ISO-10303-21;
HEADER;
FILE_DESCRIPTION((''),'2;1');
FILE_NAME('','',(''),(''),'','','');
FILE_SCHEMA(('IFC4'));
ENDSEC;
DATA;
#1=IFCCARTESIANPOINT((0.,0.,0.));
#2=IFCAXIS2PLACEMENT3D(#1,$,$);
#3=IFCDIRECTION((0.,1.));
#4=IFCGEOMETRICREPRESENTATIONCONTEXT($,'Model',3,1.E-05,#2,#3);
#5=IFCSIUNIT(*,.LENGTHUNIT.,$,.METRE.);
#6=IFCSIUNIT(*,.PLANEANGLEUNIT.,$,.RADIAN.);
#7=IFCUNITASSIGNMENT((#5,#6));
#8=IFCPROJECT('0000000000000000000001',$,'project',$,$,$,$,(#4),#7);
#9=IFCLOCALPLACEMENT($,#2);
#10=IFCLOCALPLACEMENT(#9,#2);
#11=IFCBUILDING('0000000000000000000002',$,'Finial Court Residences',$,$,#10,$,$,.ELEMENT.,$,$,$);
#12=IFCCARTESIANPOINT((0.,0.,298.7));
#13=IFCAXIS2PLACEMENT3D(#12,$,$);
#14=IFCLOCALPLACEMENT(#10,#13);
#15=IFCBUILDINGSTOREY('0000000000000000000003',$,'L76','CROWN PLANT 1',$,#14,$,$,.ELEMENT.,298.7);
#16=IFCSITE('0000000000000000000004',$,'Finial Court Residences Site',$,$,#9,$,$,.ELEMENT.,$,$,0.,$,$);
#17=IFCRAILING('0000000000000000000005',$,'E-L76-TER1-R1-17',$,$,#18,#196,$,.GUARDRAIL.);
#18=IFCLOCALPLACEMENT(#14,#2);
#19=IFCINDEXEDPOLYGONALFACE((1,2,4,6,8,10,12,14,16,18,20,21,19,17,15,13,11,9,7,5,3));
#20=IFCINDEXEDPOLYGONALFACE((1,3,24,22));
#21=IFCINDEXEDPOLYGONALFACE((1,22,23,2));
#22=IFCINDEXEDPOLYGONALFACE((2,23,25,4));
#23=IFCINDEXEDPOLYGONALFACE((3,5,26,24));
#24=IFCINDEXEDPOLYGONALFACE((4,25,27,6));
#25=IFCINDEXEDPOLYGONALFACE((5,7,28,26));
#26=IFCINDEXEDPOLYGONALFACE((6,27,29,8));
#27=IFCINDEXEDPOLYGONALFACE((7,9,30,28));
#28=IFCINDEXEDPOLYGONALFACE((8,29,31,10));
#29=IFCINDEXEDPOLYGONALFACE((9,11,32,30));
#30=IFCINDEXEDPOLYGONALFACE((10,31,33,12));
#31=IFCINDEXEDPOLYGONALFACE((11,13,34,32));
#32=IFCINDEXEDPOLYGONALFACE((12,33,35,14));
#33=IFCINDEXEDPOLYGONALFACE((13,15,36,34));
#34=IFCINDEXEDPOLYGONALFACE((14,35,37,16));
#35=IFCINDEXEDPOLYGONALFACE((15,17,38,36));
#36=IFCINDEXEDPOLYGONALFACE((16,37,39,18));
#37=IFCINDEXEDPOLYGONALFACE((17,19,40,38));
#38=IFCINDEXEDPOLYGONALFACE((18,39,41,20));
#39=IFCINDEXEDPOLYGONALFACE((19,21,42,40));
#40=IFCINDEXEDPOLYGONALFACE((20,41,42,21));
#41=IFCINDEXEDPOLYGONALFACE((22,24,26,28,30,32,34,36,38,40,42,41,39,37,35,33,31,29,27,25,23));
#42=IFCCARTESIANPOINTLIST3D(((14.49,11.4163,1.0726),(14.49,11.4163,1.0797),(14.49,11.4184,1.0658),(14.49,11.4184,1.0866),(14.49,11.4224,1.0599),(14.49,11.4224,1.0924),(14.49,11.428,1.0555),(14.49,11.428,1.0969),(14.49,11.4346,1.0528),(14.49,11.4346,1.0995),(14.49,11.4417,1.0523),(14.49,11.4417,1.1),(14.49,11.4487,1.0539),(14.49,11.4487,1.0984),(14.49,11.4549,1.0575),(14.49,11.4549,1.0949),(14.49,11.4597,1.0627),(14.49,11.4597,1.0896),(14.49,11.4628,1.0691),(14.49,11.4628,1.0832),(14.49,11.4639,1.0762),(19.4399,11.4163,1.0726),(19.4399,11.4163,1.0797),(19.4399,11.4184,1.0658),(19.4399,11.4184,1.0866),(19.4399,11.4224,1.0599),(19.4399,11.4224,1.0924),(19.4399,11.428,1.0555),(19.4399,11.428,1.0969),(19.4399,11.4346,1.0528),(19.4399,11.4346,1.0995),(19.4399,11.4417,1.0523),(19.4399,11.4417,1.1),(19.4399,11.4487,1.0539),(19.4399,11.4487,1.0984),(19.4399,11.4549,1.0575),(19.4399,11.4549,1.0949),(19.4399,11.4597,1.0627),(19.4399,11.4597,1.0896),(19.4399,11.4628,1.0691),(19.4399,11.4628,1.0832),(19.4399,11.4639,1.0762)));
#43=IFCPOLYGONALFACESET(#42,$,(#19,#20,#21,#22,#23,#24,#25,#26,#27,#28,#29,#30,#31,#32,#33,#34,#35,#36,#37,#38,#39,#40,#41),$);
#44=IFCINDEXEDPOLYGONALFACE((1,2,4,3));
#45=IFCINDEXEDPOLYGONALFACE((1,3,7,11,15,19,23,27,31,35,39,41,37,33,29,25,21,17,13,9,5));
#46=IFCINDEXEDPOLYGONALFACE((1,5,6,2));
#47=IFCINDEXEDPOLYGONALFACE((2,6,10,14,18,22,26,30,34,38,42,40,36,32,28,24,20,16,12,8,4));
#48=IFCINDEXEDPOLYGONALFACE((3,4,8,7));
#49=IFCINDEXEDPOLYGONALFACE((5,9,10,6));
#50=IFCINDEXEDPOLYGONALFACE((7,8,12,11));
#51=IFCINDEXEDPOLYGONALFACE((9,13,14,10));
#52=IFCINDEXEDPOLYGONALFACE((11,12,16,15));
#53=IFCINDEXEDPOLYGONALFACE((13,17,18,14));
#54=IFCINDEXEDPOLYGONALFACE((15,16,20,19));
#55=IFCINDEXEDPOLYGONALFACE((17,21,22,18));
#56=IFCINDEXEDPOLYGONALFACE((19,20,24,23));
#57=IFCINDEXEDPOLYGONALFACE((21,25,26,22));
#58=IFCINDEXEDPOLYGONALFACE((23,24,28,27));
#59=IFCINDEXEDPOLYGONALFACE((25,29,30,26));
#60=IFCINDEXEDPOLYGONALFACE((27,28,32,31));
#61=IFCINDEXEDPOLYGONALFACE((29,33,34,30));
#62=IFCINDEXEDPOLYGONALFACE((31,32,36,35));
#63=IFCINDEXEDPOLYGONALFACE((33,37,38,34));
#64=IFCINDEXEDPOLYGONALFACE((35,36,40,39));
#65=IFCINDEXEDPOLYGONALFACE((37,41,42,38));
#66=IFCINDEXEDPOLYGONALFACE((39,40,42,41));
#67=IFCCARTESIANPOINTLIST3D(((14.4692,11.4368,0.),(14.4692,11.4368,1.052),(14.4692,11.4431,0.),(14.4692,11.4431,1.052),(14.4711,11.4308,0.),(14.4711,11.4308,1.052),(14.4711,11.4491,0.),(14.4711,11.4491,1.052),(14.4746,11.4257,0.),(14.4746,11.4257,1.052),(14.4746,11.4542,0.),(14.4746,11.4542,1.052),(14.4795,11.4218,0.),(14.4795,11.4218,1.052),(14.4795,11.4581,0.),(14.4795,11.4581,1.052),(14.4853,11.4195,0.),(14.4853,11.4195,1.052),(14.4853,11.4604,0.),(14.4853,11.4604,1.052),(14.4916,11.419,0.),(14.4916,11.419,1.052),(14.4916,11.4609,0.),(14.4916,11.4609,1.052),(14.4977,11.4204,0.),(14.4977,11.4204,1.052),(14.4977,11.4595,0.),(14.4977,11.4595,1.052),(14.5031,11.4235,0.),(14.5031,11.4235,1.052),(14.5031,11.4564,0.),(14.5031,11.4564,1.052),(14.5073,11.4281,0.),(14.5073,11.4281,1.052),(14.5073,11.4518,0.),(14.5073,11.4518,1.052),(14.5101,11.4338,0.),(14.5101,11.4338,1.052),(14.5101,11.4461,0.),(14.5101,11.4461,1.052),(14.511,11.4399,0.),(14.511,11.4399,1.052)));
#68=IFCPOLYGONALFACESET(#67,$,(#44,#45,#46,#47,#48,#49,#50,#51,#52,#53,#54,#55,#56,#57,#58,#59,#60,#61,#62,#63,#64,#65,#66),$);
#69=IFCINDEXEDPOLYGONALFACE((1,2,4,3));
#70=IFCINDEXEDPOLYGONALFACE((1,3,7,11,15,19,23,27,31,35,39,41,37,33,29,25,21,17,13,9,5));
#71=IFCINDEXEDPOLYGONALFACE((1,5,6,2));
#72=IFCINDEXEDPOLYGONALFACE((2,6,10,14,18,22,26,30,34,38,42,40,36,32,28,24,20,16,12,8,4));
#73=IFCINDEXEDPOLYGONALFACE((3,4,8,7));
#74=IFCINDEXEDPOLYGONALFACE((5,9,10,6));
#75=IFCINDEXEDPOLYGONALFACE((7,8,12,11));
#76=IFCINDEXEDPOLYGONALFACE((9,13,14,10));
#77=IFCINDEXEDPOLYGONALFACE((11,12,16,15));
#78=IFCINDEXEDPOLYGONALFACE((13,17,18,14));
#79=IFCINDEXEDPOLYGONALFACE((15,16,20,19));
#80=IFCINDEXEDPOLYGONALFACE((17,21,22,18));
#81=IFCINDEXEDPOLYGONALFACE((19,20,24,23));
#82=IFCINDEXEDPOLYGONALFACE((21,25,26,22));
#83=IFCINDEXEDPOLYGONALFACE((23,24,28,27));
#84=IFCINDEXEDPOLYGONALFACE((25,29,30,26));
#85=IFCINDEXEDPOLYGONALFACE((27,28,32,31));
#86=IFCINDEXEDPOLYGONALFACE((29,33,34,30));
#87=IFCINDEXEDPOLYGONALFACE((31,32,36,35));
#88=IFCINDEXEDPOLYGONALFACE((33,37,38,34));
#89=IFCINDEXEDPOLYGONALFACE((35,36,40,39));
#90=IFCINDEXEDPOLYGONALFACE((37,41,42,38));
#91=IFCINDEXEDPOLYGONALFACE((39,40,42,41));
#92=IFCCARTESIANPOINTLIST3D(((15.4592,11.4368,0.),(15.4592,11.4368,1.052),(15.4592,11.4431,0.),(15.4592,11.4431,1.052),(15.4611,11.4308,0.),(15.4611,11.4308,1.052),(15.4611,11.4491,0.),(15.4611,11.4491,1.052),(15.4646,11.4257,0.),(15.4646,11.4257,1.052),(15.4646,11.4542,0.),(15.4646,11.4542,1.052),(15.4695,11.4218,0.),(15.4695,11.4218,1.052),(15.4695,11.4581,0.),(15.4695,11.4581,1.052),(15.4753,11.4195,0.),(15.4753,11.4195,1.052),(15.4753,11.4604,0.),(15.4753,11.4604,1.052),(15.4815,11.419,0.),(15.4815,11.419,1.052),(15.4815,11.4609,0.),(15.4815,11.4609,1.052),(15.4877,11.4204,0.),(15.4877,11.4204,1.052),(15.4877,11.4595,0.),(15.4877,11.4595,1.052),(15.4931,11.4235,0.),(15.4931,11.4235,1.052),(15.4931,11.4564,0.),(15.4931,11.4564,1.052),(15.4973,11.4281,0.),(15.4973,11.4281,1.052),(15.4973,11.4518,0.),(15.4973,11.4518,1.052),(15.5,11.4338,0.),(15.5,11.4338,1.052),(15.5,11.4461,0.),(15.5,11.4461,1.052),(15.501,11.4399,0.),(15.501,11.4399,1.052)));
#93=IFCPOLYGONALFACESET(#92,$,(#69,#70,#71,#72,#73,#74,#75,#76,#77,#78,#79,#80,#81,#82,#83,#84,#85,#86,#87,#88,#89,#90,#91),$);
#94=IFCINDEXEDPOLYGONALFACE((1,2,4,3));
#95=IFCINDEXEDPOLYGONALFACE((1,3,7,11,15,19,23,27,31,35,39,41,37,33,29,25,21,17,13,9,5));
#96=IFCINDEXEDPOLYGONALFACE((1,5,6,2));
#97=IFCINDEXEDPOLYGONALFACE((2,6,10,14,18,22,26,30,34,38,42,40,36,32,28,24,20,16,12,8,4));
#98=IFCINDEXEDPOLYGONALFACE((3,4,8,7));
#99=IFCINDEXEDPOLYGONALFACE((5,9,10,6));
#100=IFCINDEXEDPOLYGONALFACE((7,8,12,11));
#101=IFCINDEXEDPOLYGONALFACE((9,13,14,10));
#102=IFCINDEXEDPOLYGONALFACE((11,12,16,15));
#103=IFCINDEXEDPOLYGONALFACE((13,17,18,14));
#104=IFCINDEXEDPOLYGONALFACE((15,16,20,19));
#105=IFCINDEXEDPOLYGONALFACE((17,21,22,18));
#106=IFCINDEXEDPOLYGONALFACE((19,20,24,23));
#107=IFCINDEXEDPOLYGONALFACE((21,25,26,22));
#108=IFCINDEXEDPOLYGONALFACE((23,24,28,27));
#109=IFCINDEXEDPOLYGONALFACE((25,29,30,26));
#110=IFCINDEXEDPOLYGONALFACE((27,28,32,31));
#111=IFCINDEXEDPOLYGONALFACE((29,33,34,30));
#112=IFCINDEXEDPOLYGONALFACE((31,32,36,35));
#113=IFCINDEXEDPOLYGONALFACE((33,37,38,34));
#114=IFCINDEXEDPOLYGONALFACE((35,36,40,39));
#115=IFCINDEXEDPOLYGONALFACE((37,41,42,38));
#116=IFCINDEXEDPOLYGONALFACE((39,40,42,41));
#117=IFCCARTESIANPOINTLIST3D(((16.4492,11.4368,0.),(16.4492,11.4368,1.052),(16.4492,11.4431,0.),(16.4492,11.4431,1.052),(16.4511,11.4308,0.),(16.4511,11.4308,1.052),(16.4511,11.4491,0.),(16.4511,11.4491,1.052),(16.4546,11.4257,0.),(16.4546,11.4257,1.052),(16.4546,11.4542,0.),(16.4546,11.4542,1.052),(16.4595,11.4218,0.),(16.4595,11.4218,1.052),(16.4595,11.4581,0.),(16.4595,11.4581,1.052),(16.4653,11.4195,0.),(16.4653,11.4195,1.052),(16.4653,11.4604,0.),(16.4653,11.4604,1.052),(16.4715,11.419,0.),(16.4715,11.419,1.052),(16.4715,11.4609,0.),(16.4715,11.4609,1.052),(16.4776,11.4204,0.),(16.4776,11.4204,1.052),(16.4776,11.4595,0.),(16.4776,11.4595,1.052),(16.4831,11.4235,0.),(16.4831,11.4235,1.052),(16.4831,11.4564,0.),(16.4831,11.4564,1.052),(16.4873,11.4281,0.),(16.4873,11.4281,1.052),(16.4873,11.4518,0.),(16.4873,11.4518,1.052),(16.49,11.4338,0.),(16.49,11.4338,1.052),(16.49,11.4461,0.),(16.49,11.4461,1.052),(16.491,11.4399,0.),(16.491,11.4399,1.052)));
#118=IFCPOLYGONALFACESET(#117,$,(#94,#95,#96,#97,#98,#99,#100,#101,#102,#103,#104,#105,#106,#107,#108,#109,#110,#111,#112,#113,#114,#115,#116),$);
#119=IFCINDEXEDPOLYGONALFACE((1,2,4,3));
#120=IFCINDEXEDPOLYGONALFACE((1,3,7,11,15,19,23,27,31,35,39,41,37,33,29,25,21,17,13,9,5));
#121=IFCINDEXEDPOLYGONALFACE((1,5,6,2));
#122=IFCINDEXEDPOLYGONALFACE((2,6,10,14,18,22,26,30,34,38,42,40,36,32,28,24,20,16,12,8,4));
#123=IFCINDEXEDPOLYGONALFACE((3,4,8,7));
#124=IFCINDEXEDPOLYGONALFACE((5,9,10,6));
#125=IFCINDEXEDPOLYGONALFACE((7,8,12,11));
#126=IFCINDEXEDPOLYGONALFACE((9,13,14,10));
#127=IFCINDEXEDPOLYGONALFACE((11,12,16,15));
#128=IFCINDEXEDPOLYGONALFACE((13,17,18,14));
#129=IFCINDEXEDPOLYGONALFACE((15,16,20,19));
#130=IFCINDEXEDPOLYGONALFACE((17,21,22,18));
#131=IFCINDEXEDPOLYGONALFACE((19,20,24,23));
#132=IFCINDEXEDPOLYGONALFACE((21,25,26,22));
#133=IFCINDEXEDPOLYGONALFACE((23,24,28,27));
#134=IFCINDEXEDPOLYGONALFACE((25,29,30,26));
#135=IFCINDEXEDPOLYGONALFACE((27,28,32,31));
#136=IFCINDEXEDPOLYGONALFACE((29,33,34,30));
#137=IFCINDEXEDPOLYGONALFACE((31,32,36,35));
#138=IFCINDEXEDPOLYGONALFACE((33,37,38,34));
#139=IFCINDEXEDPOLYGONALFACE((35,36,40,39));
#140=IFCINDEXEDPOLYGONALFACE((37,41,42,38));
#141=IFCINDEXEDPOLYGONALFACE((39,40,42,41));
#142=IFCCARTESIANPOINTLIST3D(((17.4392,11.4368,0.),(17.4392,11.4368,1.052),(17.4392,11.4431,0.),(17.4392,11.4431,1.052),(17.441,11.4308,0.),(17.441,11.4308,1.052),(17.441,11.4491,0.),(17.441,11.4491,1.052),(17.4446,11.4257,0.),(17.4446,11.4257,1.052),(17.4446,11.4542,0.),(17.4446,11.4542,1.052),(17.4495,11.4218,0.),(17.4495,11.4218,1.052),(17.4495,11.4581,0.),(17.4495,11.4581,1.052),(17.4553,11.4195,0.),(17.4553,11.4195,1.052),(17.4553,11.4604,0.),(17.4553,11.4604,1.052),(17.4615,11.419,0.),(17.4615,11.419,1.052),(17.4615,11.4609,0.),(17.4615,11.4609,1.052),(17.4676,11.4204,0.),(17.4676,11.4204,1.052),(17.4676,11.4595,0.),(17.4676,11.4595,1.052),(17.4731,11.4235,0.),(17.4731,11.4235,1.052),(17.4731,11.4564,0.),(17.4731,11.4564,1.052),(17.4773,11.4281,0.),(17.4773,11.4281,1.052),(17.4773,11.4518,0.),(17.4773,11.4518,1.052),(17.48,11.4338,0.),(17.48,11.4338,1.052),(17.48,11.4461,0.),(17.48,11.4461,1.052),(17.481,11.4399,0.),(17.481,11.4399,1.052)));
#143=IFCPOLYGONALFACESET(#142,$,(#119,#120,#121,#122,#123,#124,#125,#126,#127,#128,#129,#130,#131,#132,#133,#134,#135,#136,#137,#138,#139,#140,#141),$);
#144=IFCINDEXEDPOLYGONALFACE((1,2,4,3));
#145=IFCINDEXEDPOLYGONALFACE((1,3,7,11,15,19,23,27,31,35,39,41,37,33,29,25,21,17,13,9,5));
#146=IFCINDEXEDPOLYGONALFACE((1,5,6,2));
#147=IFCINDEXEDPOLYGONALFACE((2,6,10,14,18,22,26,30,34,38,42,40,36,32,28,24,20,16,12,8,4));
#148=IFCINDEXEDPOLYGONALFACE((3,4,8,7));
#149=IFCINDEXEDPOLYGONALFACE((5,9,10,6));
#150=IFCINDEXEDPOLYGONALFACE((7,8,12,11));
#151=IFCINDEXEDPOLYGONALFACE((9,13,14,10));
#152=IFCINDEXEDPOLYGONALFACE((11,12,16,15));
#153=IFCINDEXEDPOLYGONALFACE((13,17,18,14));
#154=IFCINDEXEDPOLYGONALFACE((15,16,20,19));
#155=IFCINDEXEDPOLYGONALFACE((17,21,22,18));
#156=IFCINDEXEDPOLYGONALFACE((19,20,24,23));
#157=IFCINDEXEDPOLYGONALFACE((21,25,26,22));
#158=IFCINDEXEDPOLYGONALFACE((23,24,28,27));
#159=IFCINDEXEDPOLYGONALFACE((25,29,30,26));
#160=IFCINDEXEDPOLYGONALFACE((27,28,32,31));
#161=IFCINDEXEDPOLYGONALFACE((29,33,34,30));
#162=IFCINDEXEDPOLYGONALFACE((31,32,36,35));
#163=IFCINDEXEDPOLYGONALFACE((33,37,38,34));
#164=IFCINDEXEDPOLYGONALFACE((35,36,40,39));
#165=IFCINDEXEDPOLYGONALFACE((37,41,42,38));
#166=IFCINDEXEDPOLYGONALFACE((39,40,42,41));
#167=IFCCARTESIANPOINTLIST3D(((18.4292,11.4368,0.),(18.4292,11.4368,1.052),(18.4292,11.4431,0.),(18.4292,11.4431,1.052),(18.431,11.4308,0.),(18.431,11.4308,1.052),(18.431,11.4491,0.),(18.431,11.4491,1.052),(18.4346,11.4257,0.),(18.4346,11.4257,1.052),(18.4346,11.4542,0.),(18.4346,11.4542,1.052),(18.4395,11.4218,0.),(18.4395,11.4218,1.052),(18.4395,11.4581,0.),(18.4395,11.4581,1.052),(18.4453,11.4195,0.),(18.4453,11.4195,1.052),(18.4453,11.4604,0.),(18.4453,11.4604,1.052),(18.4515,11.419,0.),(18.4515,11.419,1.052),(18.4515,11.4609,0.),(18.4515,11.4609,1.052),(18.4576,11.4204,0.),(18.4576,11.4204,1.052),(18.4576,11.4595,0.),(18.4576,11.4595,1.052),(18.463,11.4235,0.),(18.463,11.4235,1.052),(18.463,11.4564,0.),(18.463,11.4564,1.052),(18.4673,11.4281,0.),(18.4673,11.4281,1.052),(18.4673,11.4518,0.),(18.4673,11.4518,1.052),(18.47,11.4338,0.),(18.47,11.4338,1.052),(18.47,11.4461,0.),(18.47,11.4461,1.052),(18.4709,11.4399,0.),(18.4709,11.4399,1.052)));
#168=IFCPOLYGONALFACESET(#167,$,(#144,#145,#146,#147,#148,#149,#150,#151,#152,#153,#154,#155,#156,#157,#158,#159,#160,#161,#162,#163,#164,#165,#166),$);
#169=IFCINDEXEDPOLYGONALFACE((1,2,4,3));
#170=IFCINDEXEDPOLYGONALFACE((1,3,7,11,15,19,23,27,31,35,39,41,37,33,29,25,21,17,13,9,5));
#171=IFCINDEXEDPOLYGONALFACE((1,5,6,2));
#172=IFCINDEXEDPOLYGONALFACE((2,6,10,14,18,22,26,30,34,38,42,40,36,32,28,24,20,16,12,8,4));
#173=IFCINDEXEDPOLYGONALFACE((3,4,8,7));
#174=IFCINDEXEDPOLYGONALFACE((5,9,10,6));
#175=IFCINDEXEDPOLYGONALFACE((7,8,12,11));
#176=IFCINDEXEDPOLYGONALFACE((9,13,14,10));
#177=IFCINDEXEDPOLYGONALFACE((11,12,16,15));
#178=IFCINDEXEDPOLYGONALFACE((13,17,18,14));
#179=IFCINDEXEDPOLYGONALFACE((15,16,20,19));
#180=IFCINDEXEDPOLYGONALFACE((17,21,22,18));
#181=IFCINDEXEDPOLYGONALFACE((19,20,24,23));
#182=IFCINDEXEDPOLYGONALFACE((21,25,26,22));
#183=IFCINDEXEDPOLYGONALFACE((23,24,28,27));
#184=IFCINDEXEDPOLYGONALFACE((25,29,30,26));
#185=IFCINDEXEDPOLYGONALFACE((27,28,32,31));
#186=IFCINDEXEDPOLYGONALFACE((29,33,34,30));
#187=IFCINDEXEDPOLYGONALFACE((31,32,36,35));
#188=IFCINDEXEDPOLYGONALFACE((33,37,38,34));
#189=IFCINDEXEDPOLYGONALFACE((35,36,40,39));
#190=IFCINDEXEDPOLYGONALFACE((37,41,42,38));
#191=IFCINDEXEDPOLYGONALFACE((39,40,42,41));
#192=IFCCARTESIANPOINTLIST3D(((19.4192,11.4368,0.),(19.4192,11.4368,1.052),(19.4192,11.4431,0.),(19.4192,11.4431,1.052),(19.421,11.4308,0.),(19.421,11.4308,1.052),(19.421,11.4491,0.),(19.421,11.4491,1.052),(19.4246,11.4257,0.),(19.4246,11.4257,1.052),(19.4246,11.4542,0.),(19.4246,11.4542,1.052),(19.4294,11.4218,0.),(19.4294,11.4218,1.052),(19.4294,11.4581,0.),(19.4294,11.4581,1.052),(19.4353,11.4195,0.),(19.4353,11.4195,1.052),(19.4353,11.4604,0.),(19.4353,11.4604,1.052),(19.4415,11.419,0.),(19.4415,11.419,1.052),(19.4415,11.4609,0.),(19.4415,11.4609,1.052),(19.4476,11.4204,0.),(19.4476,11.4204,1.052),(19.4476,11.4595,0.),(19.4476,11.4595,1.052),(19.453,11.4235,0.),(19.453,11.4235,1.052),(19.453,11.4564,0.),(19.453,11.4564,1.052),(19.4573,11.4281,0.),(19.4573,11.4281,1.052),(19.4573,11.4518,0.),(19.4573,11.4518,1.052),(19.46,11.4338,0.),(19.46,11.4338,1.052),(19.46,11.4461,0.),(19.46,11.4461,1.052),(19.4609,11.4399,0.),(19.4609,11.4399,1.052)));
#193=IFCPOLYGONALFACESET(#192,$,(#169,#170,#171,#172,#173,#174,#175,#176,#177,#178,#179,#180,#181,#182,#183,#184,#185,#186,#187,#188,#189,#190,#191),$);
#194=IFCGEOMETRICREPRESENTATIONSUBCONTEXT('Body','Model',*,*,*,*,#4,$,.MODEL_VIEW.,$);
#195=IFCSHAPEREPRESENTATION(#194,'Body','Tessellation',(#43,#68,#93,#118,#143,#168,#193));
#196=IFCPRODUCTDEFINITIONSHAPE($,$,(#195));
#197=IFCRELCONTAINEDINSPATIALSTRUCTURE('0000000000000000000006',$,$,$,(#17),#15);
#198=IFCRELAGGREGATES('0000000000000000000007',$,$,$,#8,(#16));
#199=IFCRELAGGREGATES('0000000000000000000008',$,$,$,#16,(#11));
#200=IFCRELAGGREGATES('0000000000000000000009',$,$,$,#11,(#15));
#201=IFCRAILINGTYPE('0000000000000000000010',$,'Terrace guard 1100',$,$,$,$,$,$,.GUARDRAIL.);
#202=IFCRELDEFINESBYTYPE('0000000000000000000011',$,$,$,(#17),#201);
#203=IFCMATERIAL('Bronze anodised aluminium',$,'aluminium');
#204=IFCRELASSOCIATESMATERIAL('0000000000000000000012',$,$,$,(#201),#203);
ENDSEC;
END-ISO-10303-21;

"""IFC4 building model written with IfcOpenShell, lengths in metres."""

from ifc_helpers import new_model, si_unit, direction, frame, origin, origin_2d, place, context, subcontext, project, spatial, circle, extrude, material, type_object, element, save


model = new_model("IFC4")

# Units and contexts
model_context = context("Model", 3, precision=1e-05, world=origin(), true_north=direction((0.0, 1.0)))
body_context = subcontext(model_context, "Body", "Model", "MODEL_VIEW")
ifc_project = project(units=[si_unit("LENGTHUNIT", "METRE"), si_unit("PLANEANGLEUNIT", "RADIAN")], contexts=[model_context])

# Site, building, storey
site_placement = place(None, origin())
site = spatial("IfcSite", under=ifc_project, at=site_placement, Name="Finial Court Residences Site", CompositionType="ELEMENT", RefElevation=0.0)
building_placement = place(site_placement, origin())
building = spatial("IfcBuilding", under=site, at=building_placement, Name="Finial Court Residences", CompositionType="ELEMENT")
storey_placement = place(building_placement, frame((0.0, 0.0, 298.7)))
storey = spatial("IfcBuildingStorey", under=building, at=storey_placement, Name="L76", Description="CROWN PLANT 1", CompositionType="ELEMENT", Elevation=298.7)

# Shared definitions
ifc_material_1 = material(Name="Bronze anodised aluminium", Category="aluminium")

# Railing
railing_type = type_object("IfcRailingType", Name="Terrace guard 1100", PredefinedType="GUARDRAIL", material=ifc_material_1)
railing_1_placement = place(storey_placement, frame((14.49, 11.4399, 0.0)))
element("IfcRailing", 1, at=railing_1_placement, inside=storey, type_object=railing_type, Name="E-L76-TER1-R1-17", PredefinedType="GUARDRAIL", context=body_context, shape_type="SweptSolid", body=[
    extrude(circle(Radius=0.0239, at=origin_2d()), frame((0.0, 0.0, 1.0762), z_axis=(1.0, 0.0, 0.0), x_axis=(0.0, 1.0, 0.0)), (0.0, 0.0, 1.0), 4.95),
    extrude(circle(Radius=0.021, at=origin_2d()), origin(), (0.0, 0.0, 1.0), 1.052),
    extrude(circle(Radius=0.021, at=origin_2d()), frame((0.99, 0.0, 0.0)), (0.0, 0.0, 1.0), 1.052),
    extrude(circle(Radius=0.021, at=origin_2d()), frame((1.98, 0.0, 0.0)), (0.0, 0.0, 1.0), 1.052),
    extrude(circle(Radius=0.021, at=origin_2d()), frame((2.97, 0.0, 0.0)), (0.0, 0.0, 1.0), 1.052),
    extrude(circle(Radius=0.021, at=origin_2d()), frame((3.96, 0.0, 0.0)), (0.0, 0.0, 1.0), 1.052),
    extrude(circle(Radius=0.021, at=origin_2d()), frame((4.95, 0.0, 0.0)), (0.0, 0.0, 1.0), 1.052),
])

save(model, "model.ifc")
